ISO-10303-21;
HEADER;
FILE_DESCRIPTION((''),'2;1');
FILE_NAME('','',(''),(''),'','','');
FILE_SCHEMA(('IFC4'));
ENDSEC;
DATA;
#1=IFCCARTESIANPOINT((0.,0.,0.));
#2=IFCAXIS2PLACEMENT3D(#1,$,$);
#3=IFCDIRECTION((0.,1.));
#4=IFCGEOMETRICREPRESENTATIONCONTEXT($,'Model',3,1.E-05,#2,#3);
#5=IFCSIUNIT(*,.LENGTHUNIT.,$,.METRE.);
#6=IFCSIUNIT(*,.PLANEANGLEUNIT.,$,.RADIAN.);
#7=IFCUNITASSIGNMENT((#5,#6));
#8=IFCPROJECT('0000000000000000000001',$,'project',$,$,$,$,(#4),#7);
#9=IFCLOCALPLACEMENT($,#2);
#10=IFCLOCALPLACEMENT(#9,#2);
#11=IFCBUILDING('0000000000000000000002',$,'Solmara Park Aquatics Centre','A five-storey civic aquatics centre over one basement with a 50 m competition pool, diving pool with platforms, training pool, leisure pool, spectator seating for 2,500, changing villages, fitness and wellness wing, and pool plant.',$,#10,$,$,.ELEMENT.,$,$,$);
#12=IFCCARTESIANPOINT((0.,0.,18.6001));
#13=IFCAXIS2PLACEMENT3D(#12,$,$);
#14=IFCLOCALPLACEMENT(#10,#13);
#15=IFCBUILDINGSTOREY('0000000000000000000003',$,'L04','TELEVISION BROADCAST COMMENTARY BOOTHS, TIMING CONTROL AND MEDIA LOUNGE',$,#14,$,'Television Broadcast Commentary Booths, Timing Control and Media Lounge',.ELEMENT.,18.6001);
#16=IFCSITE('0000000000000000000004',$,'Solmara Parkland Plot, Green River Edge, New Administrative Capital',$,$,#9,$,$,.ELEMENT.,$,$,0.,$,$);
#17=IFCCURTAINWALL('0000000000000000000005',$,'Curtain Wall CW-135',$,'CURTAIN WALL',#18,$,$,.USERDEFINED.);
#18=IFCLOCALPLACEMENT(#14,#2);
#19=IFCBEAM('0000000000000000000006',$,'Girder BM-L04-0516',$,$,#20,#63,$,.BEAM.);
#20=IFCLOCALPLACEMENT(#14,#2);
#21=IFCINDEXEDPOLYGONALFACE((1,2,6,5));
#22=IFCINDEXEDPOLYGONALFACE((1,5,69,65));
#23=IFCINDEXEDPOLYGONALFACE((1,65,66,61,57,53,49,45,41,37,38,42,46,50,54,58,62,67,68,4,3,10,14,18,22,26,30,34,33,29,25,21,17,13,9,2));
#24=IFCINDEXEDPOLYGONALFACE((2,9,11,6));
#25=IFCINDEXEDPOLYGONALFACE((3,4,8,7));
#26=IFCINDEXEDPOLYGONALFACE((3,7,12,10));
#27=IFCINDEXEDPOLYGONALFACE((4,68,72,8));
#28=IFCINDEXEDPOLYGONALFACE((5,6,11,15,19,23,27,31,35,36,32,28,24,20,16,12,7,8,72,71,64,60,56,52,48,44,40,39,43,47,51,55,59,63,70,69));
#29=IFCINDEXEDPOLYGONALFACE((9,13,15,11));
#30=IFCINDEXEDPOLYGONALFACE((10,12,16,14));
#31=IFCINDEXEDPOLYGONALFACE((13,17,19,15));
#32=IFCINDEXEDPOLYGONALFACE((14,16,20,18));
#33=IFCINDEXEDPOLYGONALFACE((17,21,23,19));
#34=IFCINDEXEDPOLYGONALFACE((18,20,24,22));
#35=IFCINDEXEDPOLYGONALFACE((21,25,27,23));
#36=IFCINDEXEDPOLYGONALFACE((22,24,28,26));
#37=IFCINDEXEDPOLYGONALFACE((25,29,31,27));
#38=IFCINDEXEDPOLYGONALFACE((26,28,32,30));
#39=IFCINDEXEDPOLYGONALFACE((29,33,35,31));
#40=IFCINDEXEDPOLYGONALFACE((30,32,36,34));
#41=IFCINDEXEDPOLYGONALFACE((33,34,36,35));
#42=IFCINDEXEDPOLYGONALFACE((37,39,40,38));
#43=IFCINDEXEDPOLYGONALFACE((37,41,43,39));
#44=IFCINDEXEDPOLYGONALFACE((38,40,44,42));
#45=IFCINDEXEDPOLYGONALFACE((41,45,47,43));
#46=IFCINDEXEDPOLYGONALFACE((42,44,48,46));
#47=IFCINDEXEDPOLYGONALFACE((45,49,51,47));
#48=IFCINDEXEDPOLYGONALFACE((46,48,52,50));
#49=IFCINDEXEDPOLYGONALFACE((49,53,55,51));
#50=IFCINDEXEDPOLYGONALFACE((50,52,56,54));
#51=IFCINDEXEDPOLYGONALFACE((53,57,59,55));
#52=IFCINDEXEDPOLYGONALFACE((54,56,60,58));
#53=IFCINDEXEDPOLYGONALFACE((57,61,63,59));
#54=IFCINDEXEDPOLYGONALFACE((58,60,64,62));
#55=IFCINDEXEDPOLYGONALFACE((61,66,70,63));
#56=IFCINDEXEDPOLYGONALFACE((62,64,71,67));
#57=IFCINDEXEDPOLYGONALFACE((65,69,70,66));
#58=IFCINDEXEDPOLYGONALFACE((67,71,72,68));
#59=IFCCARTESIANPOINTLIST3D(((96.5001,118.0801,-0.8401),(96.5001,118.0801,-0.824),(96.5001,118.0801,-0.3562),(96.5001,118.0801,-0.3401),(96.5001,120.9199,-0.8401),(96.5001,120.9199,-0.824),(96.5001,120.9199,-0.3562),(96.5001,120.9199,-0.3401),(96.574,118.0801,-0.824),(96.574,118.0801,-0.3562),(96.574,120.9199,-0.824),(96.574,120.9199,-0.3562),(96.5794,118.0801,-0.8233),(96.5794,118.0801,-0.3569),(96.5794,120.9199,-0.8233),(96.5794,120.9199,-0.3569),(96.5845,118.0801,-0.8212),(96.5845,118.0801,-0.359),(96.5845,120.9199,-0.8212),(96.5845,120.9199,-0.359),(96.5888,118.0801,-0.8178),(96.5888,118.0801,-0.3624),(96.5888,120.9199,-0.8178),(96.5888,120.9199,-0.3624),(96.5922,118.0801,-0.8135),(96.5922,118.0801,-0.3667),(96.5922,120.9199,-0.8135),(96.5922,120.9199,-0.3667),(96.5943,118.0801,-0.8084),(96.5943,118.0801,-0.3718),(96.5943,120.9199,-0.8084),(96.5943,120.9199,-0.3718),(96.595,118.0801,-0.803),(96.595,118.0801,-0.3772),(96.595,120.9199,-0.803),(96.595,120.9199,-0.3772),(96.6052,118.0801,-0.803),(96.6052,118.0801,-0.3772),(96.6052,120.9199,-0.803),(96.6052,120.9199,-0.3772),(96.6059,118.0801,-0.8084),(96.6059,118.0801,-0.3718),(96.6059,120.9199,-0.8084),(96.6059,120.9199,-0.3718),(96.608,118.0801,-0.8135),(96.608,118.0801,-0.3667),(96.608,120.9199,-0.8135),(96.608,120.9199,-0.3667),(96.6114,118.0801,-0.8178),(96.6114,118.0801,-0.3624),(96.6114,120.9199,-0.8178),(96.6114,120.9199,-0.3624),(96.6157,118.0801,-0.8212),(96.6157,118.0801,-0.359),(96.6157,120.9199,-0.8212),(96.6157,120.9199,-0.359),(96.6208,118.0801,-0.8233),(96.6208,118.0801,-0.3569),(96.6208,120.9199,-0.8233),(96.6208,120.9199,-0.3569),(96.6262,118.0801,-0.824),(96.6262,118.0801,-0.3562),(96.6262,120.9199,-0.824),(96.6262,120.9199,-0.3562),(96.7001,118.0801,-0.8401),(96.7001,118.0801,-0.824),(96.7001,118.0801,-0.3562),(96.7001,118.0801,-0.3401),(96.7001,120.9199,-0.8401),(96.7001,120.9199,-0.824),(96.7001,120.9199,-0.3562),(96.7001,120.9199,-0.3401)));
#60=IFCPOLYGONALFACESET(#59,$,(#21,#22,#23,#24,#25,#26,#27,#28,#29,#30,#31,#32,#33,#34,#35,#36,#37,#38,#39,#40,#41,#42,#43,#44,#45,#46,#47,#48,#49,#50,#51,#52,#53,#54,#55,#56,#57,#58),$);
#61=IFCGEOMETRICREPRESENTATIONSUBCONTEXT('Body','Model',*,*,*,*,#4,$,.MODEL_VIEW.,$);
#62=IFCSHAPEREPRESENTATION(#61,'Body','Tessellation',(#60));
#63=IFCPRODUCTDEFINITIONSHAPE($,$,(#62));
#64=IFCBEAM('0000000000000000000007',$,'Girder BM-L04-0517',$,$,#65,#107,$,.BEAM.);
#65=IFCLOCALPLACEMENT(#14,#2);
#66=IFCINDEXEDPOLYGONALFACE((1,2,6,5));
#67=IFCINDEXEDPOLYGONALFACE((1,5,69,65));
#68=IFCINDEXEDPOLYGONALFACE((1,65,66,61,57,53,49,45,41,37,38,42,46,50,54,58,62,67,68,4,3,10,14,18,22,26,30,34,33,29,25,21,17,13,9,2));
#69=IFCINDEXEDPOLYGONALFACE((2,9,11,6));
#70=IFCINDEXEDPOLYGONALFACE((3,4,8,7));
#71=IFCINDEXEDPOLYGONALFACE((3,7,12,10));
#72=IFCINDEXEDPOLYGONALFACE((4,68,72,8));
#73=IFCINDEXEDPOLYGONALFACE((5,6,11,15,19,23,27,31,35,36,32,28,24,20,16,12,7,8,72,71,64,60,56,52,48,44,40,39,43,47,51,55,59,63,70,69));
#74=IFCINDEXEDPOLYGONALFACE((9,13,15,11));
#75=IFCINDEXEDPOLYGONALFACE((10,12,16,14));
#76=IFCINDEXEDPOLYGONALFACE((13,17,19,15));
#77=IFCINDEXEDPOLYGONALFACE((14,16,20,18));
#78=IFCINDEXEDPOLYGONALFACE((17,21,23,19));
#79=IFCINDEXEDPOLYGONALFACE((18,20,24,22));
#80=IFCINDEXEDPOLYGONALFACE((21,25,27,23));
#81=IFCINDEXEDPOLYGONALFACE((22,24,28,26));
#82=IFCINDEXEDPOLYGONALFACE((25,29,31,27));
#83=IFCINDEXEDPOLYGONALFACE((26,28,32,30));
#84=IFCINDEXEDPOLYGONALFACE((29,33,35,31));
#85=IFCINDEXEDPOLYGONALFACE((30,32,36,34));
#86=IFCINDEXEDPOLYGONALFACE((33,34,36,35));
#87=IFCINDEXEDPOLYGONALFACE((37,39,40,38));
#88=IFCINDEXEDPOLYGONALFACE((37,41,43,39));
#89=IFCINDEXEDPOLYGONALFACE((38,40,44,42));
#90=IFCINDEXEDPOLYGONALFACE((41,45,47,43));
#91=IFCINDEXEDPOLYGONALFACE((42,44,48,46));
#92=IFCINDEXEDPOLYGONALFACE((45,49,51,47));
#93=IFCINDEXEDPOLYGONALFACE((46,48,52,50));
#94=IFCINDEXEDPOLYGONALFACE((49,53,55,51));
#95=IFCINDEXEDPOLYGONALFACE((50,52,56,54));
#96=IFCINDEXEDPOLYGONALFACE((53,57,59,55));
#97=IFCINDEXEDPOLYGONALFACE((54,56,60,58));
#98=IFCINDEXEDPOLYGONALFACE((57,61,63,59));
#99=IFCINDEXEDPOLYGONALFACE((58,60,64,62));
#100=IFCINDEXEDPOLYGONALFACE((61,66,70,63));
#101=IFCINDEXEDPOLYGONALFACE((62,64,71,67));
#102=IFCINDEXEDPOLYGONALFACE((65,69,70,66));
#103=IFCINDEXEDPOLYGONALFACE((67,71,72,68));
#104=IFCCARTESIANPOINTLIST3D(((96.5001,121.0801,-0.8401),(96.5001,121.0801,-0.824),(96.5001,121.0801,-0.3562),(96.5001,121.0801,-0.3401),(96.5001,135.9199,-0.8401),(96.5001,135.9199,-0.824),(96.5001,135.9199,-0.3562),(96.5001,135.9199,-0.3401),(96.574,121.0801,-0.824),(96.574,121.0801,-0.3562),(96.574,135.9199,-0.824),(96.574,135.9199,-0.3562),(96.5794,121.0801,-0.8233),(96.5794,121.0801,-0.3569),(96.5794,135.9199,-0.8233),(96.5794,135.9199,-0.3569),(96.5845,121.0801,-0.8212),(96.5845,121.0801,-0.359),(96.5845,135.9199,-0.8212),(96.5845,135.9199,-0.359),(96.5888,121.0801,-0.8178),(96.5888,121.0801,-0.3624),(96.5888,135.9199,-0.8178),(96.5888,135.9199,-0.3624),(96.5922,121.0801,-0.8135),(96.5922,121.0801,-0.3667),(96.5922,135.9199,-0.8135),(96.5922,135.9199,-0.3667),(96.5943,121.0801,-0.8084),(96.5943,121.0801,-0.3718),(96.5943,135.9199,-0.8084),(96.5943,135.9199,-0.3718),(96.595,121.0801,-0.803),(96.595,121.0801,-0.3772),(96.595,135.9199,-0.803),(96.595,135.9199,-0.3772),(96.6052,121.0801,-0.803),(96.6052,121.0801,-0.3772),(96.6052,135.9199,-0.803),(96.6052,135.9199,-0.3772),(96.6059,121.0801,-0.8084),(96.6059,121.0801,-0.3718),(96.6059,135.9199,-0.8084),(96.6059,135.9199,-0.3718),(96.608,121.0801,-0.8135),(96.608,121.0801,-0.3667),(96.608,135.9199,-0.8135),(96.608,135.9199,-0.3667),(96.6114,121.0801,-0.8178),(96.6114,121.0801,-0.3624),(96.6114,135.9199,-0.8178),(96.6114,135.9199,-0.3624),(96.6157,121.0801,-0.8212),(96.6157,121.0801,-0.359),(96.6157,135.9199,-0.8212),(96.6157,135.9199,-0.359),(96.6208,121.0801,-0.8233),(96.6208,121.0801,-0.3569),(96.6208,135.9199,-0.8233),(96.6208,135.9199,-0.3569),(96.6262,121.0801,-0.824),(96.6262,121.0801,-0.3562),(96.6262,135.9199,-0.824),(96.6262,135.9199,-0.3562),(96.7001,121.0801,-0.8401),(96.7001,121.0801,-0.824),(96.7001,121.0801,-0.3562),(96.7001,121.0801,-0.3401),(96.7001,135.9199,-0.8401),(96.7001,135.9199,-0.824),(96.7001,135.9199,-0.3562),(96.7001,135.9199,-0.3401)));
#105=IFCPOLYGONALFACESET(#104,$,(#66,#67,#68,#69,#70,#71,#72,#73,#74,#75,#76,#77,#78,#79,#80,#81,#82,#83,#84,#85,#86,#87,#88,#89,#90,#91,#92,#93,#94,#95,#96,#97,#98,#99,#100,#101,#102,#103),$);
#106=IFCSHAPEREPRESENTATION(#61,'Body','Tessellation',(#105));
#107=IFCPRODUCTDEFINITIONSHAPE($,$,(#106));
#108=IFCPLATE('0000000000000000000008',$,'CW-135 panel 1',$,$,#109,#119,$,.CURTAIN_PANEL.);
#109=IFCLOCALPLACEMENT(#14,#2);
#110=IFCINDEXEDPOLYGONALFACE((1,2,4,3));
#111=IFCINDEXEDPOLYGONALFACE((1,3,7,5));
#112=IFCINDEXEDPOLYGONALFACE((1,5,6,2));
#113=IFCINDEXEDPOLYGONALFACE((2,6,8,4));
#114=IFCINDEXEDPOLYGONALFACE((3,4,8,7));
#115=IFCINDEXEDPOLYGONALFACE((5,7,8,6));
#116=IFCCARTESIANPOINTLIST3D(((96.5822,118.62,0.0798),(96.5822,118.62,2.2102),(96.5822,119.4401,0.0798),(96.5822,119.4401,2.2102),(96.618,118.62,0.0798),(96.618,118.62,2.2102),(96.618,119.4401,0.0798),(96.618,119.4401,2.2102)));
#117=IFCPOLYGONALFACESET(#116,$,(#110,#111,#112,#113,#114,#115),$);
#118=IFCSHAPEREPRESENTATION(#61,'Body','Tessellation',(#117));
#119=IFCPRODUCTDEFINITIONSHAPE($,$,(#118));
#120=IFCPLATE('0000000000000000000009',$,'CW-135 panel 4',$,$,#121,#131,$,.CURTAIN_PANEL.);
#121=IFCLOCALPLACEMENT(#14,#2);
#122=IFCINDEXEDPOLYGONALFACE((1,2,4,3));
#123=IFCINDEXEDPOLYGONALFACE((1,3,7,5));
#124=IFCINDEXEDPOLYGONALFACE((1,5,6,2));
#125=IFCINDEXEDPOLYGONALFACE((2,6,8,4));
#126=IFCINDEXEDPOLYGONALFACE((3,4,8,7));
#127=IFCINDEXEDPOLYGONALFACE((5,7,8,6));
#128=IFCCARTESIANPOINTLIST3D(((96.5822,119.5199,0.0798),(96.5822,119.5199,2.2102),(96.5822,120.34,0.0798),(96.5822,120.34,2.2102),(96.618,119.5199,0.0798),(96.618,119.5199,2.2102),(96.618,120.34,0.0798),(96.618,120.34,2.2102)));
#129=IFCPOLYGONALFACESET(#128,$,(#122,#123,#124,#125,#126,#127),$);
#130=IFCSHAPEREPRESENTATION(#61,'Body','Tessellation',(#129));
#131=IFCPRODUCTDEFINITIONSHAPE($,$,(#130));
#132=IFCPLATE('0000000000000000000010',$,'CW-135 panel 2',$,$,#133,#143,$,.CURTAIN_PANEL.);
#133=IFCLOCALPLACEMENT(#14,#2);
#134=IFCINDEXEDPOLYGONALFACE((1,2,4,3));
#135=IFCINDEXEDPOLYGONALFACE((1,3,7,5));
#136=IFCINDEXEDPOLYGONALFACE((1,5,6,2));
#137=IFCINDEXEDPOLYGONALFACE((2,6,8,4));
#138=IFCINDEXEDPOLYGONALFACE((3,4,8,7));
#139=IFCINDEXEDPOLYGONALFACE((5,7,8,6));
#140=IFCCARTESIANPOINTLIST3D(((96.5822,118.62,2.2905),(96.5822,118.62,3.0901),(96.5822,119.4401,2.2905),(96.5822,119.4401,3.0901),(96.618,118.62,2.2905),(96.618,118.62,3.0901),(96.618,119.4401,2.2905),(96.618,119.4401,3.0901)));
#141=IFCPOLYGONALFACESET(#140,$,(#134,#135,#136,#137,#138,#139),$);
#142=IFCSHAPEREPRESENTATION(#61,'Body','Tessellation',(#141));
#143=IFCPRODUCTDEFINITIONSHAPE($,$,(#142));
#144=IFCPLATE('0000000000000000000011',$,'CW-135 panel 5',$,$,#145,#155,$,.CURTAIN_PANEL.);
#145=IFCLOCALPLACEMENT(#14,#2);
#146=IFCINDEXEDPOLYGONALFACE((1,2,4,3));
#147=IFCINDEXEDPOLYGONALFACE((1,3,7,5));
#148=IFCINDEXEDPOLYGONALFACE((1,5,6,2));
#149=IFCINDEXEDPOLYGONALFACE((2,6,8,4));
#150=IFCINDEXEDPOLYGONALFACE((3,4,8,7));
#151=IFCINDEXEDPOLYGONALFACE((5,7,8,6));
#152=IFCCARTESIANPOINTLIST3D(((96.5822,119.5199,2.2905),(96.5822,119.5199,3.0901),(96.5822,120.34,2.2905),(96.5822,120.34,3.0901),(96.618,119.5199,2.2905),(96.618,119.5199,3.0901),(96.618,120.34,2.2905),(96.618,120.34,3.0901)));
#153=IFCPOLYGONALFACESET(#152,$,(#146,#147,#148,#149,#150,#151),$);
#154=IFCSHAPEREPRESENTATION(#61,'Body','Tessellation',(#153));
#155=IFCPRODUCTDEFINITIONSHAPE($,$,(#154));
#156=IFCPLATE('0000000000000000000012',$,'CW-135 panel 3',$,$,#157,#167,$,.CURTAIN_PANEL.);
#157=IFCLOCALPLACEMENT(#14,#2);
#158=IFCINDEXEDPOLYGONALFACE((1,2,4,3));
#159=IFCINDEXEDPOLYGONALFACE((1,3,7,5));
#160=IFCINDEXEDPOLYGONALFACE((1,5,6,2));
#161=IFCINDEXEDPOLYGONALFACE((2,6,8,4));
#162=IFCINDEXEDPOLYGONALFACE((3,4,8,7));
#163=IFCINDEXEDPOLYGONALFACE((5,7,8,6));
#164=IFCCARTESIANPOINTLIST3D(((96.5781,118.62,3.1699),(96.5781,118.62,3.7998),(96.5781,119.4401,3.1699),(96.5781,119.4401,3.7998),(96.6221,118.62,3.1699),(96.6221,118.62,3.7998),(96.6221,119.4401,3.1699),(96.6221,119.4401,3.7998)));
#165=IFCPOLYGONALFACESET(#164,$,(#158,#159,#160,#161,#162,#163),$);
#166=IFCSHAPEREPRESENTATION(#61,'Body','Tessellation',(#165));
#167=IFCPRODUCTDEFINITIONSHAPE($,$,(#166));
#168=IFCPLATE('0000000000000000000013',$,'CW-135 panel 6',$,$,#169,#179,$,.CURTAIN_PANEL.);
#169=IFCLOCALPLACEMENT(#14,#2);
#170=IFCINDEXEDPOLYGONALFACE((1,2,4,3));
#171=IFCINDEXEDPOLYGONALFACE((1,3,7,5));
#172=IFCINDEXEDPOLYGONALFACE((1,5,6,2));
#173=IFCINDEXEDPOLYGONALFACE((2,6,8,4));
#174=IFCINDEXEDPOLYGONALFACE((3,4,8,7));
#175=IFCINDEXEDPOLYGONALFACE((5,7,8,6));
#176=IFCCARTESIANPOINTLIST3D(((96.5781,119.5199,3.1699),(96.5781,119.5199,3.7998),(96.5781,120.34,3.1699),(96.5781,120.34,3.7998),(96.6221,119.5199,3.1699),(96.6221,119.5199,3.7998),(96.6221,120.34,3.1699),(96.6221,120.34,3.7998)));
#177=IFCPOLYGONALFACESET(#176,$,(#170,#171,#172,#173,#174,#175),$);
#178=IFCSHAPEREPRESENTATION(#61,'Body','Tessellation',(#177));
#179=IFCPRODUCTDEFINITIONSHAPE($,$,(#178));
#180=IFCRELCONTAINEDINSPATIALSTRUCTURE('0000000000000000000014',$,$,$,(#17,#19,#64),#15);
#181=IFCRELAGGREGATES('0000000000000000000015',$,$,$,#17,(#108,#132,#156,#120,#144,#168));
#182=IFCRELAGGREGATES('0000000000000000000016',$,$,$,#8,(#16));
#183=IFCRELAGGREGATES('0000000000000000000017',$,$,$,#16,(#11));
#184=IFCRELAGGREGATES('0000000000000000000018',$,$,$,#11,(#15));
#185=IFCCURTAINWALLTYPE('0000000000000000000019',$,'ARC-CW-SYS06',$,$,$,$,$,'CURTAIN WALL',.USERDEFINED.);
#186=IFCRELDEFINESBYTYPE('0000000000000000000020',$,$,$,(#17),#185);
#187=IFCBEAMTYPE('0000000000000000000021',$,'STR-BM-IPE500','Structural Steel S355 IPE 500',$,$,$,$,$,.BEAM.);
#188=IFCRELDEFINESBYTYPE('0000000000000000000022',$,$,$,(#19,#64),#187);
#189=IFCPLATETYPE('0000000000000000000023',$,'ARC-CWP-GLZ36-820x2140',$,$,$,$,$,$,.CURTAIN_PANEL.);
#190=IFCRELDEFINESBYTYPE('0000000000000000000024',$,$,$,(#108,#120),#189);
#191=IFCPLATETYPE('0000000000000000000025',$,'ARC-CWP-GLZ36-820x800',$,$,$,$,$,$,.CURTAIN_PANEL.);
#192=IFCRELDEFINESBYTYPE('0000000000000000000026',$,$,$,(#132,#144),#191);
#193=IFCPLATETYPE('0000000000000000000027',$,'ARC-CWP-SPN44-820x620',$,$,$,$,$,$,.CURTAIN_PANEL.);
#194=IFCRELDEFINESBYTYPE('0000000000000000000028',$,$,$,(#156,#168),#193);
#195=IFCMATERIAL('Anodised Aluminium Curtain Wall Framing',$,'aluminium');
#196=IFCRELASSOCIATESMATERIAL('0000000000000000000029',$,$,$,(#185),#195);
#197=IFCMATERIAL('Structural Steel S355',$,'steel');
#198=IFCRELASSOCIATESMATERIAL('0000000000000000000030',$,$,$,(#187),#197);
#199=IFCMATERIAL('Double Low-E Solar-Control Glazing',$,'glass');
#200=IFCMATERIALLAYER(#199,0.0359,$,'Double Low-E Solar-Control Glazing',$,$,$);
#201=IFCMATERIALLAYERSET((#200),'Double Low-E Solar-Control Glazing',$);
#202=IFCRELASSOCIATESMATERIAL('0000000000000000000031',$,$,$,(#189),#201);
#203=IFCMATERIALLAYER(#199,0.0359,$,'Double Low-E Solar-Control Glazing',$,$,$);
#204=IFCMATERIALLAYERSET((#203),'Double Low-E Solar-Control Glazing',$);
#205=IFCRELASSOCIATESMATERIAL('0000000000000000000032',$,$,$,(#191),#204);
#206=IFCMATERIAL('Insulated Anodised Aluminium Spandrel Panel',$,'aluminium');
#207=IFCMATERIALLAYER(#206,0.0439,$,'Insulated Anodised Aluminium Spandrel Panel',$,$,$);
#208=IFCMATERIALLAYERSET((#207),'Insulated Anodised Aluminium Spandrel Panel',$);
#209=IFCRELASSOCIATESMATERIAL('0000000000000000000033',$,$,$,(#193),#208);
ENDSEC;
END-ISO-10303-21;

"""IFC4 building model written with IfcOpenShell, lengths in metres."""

from ifc_helpers import new_model, si_unit, direction, frame, origin, origin_2d, place, context, subcontext, project, spatial, rectangle, i_section, extrude, material, layer, layer_set, material_profile, profile_set, type_object, element, aggregate, save


model = new_model("IFC4")

# Units and contexts
model_context = context("Model", 3, precision=1e-05, world=origin(), true_north=direction((0.0, 1.0)))
body_context = subcontext(model_context, "Body", "Model", "MODEL_VIEW")
ifc_project = project(units=[si_unit("LENGTHUNIT", "METRE"), si_unit("PLANEANGLEUNIT", "RADIAN")], contexts=[model_context])

# Site, building, storey
site_placement = place(None, origin())
site = spatial("IfcSite", under=ifc_project, at=site_placement, Name="Solmara Parkland Plot, Green River Edge, New Administrative Capital", CompositionType="ELEMENT", RefElevation=0.0)
building_placement = place(site_placement, origin())
building = spatial("IfcBuilding", under=site, at=building_placement, Name="Solmara Park Aquatics Centre", Description="A five-storey civic aquatics centre over one basement with a 50 m competition pool, diving pool with platforms, training pool, leisure pool, spectator seating for 2,500, changing villages, fitness and wellness wing, and pool plant.", CompositionType="ELEMENT")
storey_placement = place(building_placement, frame((0.0, 0.0, 18.6001)))
storey = spatial("IfcBuildingStorey", under=building, at=storey_placement, Name="L04", Description="TELEVISION BROADCAST COMMENTARY BOOTHS, TIMING CONTROL AND MEDIA LOUNGE", LongName="Television Broadcast Commentary Booths, Timing Control and Media Lounge", CompositionType="ELEMENT", Elevation=18.6001)

# Curtain wall
ifc_material_1 = material(Name="Anodised Aluminium Curtain Wall Framing", Category="aluminium")
curtain_wall_type = type_object("IfcCurtainWallType", Name="ARC-CW-SYS06", ElementType="CURTAIN WALL", PredefinedType="USERDEFINED", material=ifc_material_1)
curtain_wall_placement = place(storey_placement, origin())
curtain_wall = element("IfcCurtainWall", 1, at=curtain_wall_placement, inside=storey, type_object=curtain_wall_type, Name="Curtain Wall CW-135", ObjectType="CURTAIN WALL", PredefinedType="USERDEFINED")

# Beams
ifc_material_2 = material(Name="Structural Steel S355", Category="steel")
ifc_material_profile_1 = material_profile(ifc_material_2, i_section(OverallWidth=0.2, OverallDepth=0.5, WebThickness=0.0103, FlangeThickness=0.0161, FilletRadius=0.021, at=origin_2d()), Name="IPE 500")
ifc_profile_set_1 = profile_set([ifc_material_profile_1], Name="Structural Steel S355")
beam_type = type_object("IfcBeamType", Name="STR-BM-IPE500", Description="Structural Steel S355 IPE 500", PredefinedType="BEAM", material=ifc_profile_set_1)
beam_1_placement = place(storey_placement, frame((96.6001, 118.0801, -0.5901), z_axis=(0.0, 1.0, 0.0), x_axis=(-1.0, 0.0, 0.0)))
element("IfcBeam", 2, at=beam_1_placement, inside=storey, type_object=beam_type, Name="Girder BM-L04-0516", PredefinedType="BEAM", context=body_context, shape_type="SweptSolid", body=[
    extrude(i_section(OverallWidth=0.2, OverallDepth=0.5, WebThickness=0.0103, FlangeThickness=0.0161, FilletRadius=0.021, at=origin_2d()), origin(), (0.0, 0.0, 1.0), 2.8398),
])
beam_2_placement = place(storey_placement, frame((96.6001, 121.0801, -0.5901), z_axis=(0.0, 1.0, 0.0), x_axis=(-1.0, 0.0, 0.0)))
element("IfcBeam", 3, at=beam_2_placement, inside=storey, type_object=beam_type, Name="Girder BM-L04-0517", PredefinedType="BEAM", context=body_context, shape_type="SweptSolid", body=[
    extrude(i_section(OverallWidth=0.2, OverallDepth=0.5, WebThickness=0.0103, FlangeThickness=0.0161, FilletRadius=0.021, at=origin_2d()), origin(), (0.0, 0.0, 1.0), 14.8398),
])

# Plates
ifc_material_3 = material(Name="Double Low-E Solar-Control Glazing", Category="glass")
ifc_layer_1 = layer(ifc_material_3, 0.0359, Name="Double Low-E Solar-Control Glazing")
ifc_layer_set_1 = layer_set([ifc_layer_1], Name="Double Low-E Solar-Control Glazing")
plate_type_1 = type_object("IfcPlateType", Name="ARC-CWP-GLZ36-820x2140", PredefinedType="CURTAIN_PANEL", material=ifc_layer_set_1)
plate_1_placement = place(storey_placement, frame((96.6001, 119.03, 0.0798), z_axis=(0.0, 0.0, 1.0), x_axis=(0.0, 1.0, 0.0)))
plate_1 = element("IfcPlate", 4, at=plate_1_placement, type_object=plate_type_1, Name="CW-135 panel 1", PredefinedType="CURTAIN_PANEL", context=body_context, shape_type="SweptSolid", body=[
    extrude(rectangle(XDim=0.8201, YDim=0.0359, at=origin_2d()), origin(), (0.0, 0.0, 1.0), 2.1304),
])
plate_2_placement = place(storey_placement, frame((96.6001, 119.9299, 0.0798), z_axis=(0.0, 0.0, 1.0), x_axis=(0.0, 1.0, 0.0)))
plate_2 = element("IfcPlate", 5, at=plate_2_placement, type_object=plate_type_1, Name="CW-135 panel 4", PredefinedType="CURTAIN_PANEL", context=body_context, shape_type="SweptSolid", body=[
    extrude(rectangle(XDim=0.8201, YDim=0.0359, at=origin_2d()), origin(), (0.0, 0.0, 1.0), 2.1304),
])
ifc_layer_2 = layer(ifc_material_3, 0.0359, Name="Double Low-E Solar-Control Glazing")
ifc_layer_set_2 = layer_set([ifc_layer_2], Name="Double Low-E Solar-Control Glazing")
plate_type_2 = type_object("IfcPlateType", Name="ARC-CWP-GLZ36-820x800", PredefinedType="CURTAIN_PANEL", material=ifc_layer_set_2)
plate_3_placement = place(storey_placement, frame((96.6001, 119.03, 2.2905), z_axis=(0.0, 0.0, 1.0), x_axis=(0.0, 1.0, 0.0)))
plate_3 = element("IfcPlate", 6, at=plate_3_placement, type_object=plate_type_2, Name="CW-135 panel 2", PredefinedType="CURTAIN_PANEL", context=body_context, shape_type="SweptSolid", body=[
    extrude(rectangle(XDim=0.8201, YDim=0.0359, at=origin_2d()), origin(), (0.0, 0.0, 1.0), 0.7996),
])
plate_4_placement = place(storey_placement, frame((96.6001, 119.9299, 2.2905), z_axis=(0.0, 0.0, 1.0), x_axis=(0.0, 1.0, 0.0)))
plate_4 = element("IfcPlate", 7, at=plate_4_placement, type_object=plate_type_2, Name="CW-135 panel 5", PredefinedType="CURTAIN_PANEL", context=body_context, shape_type="SweptSolid", body=[
    extrude(rectangle(XDim=0.8201, YDim=0.0359, at=origin_2d()), origin(), (0.0, 0.0, 1.0), 0.7996),
])
ifc_material_4 = material(Name="Insulated Anodised Aluminium Spandrel Panel", Category="aluminium")
ifc_layer_3 = layer(ifc_material_4, 0.0439, Name="Insulated Anodised Aluminium Spandrel Panel")
ifc_layer_set_3 = layer_set([ifc_layer_3], Name="Insulated Anodised Aluminium Spandrel Panel")
plate_type_3 = type_object("IfcPlateType", Name="ARC-CWP-SPN44-820x620", PredefinedType="CURTAIN_PANEL", material=ifc_layer_set_3)
plate_5_placement = place(storey_placement, frame((96.6001, 119.03, 3.1699), z_axis=(0.0, 0.0, 1.0), x_axis=(0.0, 1.0, 0.0)))
plate_5 = element("IfcPlate", 8, at=plate_5_placement, type_object=plate_type_3, Name="CW-135 panel 3", PredefinedType="CURTAIN_PANEL", context=body_context, shape_type="SweptSolid", body=[
    extrude(rectangle(XDim=0.8201, YDim=0.0439, at=origin_2d()), origin(), (0.0, 0.0, 1.0), 0.6299),
])
plate_6_placement = place(storey_placement, frame((96.6001, 119.9299, 3.1699), z_axis=(0.0, 0.0, 1.0), x_axis=(0.0, 1.0, 0.0)))
plate_6 = element("IfcPlate", 9, at=plate_6_placement, type_object=plate_type_3, Name="CW-135 panel 6", PredefinedType="CURTAIN_PANEL", context=body_context, shape_type="SweptSolid", body=[
    extrude(rectangle(XDim=0.8201, YDim=0.0439, at=origin_2d()), origin(), (0.0, 0.0, 1.0), 0.6299),
])
aggregate(curtain_wall, [plate_1, plate_3, plate_5, plate_2, plate_4, plate_6])

save(model, "model.ifc")
